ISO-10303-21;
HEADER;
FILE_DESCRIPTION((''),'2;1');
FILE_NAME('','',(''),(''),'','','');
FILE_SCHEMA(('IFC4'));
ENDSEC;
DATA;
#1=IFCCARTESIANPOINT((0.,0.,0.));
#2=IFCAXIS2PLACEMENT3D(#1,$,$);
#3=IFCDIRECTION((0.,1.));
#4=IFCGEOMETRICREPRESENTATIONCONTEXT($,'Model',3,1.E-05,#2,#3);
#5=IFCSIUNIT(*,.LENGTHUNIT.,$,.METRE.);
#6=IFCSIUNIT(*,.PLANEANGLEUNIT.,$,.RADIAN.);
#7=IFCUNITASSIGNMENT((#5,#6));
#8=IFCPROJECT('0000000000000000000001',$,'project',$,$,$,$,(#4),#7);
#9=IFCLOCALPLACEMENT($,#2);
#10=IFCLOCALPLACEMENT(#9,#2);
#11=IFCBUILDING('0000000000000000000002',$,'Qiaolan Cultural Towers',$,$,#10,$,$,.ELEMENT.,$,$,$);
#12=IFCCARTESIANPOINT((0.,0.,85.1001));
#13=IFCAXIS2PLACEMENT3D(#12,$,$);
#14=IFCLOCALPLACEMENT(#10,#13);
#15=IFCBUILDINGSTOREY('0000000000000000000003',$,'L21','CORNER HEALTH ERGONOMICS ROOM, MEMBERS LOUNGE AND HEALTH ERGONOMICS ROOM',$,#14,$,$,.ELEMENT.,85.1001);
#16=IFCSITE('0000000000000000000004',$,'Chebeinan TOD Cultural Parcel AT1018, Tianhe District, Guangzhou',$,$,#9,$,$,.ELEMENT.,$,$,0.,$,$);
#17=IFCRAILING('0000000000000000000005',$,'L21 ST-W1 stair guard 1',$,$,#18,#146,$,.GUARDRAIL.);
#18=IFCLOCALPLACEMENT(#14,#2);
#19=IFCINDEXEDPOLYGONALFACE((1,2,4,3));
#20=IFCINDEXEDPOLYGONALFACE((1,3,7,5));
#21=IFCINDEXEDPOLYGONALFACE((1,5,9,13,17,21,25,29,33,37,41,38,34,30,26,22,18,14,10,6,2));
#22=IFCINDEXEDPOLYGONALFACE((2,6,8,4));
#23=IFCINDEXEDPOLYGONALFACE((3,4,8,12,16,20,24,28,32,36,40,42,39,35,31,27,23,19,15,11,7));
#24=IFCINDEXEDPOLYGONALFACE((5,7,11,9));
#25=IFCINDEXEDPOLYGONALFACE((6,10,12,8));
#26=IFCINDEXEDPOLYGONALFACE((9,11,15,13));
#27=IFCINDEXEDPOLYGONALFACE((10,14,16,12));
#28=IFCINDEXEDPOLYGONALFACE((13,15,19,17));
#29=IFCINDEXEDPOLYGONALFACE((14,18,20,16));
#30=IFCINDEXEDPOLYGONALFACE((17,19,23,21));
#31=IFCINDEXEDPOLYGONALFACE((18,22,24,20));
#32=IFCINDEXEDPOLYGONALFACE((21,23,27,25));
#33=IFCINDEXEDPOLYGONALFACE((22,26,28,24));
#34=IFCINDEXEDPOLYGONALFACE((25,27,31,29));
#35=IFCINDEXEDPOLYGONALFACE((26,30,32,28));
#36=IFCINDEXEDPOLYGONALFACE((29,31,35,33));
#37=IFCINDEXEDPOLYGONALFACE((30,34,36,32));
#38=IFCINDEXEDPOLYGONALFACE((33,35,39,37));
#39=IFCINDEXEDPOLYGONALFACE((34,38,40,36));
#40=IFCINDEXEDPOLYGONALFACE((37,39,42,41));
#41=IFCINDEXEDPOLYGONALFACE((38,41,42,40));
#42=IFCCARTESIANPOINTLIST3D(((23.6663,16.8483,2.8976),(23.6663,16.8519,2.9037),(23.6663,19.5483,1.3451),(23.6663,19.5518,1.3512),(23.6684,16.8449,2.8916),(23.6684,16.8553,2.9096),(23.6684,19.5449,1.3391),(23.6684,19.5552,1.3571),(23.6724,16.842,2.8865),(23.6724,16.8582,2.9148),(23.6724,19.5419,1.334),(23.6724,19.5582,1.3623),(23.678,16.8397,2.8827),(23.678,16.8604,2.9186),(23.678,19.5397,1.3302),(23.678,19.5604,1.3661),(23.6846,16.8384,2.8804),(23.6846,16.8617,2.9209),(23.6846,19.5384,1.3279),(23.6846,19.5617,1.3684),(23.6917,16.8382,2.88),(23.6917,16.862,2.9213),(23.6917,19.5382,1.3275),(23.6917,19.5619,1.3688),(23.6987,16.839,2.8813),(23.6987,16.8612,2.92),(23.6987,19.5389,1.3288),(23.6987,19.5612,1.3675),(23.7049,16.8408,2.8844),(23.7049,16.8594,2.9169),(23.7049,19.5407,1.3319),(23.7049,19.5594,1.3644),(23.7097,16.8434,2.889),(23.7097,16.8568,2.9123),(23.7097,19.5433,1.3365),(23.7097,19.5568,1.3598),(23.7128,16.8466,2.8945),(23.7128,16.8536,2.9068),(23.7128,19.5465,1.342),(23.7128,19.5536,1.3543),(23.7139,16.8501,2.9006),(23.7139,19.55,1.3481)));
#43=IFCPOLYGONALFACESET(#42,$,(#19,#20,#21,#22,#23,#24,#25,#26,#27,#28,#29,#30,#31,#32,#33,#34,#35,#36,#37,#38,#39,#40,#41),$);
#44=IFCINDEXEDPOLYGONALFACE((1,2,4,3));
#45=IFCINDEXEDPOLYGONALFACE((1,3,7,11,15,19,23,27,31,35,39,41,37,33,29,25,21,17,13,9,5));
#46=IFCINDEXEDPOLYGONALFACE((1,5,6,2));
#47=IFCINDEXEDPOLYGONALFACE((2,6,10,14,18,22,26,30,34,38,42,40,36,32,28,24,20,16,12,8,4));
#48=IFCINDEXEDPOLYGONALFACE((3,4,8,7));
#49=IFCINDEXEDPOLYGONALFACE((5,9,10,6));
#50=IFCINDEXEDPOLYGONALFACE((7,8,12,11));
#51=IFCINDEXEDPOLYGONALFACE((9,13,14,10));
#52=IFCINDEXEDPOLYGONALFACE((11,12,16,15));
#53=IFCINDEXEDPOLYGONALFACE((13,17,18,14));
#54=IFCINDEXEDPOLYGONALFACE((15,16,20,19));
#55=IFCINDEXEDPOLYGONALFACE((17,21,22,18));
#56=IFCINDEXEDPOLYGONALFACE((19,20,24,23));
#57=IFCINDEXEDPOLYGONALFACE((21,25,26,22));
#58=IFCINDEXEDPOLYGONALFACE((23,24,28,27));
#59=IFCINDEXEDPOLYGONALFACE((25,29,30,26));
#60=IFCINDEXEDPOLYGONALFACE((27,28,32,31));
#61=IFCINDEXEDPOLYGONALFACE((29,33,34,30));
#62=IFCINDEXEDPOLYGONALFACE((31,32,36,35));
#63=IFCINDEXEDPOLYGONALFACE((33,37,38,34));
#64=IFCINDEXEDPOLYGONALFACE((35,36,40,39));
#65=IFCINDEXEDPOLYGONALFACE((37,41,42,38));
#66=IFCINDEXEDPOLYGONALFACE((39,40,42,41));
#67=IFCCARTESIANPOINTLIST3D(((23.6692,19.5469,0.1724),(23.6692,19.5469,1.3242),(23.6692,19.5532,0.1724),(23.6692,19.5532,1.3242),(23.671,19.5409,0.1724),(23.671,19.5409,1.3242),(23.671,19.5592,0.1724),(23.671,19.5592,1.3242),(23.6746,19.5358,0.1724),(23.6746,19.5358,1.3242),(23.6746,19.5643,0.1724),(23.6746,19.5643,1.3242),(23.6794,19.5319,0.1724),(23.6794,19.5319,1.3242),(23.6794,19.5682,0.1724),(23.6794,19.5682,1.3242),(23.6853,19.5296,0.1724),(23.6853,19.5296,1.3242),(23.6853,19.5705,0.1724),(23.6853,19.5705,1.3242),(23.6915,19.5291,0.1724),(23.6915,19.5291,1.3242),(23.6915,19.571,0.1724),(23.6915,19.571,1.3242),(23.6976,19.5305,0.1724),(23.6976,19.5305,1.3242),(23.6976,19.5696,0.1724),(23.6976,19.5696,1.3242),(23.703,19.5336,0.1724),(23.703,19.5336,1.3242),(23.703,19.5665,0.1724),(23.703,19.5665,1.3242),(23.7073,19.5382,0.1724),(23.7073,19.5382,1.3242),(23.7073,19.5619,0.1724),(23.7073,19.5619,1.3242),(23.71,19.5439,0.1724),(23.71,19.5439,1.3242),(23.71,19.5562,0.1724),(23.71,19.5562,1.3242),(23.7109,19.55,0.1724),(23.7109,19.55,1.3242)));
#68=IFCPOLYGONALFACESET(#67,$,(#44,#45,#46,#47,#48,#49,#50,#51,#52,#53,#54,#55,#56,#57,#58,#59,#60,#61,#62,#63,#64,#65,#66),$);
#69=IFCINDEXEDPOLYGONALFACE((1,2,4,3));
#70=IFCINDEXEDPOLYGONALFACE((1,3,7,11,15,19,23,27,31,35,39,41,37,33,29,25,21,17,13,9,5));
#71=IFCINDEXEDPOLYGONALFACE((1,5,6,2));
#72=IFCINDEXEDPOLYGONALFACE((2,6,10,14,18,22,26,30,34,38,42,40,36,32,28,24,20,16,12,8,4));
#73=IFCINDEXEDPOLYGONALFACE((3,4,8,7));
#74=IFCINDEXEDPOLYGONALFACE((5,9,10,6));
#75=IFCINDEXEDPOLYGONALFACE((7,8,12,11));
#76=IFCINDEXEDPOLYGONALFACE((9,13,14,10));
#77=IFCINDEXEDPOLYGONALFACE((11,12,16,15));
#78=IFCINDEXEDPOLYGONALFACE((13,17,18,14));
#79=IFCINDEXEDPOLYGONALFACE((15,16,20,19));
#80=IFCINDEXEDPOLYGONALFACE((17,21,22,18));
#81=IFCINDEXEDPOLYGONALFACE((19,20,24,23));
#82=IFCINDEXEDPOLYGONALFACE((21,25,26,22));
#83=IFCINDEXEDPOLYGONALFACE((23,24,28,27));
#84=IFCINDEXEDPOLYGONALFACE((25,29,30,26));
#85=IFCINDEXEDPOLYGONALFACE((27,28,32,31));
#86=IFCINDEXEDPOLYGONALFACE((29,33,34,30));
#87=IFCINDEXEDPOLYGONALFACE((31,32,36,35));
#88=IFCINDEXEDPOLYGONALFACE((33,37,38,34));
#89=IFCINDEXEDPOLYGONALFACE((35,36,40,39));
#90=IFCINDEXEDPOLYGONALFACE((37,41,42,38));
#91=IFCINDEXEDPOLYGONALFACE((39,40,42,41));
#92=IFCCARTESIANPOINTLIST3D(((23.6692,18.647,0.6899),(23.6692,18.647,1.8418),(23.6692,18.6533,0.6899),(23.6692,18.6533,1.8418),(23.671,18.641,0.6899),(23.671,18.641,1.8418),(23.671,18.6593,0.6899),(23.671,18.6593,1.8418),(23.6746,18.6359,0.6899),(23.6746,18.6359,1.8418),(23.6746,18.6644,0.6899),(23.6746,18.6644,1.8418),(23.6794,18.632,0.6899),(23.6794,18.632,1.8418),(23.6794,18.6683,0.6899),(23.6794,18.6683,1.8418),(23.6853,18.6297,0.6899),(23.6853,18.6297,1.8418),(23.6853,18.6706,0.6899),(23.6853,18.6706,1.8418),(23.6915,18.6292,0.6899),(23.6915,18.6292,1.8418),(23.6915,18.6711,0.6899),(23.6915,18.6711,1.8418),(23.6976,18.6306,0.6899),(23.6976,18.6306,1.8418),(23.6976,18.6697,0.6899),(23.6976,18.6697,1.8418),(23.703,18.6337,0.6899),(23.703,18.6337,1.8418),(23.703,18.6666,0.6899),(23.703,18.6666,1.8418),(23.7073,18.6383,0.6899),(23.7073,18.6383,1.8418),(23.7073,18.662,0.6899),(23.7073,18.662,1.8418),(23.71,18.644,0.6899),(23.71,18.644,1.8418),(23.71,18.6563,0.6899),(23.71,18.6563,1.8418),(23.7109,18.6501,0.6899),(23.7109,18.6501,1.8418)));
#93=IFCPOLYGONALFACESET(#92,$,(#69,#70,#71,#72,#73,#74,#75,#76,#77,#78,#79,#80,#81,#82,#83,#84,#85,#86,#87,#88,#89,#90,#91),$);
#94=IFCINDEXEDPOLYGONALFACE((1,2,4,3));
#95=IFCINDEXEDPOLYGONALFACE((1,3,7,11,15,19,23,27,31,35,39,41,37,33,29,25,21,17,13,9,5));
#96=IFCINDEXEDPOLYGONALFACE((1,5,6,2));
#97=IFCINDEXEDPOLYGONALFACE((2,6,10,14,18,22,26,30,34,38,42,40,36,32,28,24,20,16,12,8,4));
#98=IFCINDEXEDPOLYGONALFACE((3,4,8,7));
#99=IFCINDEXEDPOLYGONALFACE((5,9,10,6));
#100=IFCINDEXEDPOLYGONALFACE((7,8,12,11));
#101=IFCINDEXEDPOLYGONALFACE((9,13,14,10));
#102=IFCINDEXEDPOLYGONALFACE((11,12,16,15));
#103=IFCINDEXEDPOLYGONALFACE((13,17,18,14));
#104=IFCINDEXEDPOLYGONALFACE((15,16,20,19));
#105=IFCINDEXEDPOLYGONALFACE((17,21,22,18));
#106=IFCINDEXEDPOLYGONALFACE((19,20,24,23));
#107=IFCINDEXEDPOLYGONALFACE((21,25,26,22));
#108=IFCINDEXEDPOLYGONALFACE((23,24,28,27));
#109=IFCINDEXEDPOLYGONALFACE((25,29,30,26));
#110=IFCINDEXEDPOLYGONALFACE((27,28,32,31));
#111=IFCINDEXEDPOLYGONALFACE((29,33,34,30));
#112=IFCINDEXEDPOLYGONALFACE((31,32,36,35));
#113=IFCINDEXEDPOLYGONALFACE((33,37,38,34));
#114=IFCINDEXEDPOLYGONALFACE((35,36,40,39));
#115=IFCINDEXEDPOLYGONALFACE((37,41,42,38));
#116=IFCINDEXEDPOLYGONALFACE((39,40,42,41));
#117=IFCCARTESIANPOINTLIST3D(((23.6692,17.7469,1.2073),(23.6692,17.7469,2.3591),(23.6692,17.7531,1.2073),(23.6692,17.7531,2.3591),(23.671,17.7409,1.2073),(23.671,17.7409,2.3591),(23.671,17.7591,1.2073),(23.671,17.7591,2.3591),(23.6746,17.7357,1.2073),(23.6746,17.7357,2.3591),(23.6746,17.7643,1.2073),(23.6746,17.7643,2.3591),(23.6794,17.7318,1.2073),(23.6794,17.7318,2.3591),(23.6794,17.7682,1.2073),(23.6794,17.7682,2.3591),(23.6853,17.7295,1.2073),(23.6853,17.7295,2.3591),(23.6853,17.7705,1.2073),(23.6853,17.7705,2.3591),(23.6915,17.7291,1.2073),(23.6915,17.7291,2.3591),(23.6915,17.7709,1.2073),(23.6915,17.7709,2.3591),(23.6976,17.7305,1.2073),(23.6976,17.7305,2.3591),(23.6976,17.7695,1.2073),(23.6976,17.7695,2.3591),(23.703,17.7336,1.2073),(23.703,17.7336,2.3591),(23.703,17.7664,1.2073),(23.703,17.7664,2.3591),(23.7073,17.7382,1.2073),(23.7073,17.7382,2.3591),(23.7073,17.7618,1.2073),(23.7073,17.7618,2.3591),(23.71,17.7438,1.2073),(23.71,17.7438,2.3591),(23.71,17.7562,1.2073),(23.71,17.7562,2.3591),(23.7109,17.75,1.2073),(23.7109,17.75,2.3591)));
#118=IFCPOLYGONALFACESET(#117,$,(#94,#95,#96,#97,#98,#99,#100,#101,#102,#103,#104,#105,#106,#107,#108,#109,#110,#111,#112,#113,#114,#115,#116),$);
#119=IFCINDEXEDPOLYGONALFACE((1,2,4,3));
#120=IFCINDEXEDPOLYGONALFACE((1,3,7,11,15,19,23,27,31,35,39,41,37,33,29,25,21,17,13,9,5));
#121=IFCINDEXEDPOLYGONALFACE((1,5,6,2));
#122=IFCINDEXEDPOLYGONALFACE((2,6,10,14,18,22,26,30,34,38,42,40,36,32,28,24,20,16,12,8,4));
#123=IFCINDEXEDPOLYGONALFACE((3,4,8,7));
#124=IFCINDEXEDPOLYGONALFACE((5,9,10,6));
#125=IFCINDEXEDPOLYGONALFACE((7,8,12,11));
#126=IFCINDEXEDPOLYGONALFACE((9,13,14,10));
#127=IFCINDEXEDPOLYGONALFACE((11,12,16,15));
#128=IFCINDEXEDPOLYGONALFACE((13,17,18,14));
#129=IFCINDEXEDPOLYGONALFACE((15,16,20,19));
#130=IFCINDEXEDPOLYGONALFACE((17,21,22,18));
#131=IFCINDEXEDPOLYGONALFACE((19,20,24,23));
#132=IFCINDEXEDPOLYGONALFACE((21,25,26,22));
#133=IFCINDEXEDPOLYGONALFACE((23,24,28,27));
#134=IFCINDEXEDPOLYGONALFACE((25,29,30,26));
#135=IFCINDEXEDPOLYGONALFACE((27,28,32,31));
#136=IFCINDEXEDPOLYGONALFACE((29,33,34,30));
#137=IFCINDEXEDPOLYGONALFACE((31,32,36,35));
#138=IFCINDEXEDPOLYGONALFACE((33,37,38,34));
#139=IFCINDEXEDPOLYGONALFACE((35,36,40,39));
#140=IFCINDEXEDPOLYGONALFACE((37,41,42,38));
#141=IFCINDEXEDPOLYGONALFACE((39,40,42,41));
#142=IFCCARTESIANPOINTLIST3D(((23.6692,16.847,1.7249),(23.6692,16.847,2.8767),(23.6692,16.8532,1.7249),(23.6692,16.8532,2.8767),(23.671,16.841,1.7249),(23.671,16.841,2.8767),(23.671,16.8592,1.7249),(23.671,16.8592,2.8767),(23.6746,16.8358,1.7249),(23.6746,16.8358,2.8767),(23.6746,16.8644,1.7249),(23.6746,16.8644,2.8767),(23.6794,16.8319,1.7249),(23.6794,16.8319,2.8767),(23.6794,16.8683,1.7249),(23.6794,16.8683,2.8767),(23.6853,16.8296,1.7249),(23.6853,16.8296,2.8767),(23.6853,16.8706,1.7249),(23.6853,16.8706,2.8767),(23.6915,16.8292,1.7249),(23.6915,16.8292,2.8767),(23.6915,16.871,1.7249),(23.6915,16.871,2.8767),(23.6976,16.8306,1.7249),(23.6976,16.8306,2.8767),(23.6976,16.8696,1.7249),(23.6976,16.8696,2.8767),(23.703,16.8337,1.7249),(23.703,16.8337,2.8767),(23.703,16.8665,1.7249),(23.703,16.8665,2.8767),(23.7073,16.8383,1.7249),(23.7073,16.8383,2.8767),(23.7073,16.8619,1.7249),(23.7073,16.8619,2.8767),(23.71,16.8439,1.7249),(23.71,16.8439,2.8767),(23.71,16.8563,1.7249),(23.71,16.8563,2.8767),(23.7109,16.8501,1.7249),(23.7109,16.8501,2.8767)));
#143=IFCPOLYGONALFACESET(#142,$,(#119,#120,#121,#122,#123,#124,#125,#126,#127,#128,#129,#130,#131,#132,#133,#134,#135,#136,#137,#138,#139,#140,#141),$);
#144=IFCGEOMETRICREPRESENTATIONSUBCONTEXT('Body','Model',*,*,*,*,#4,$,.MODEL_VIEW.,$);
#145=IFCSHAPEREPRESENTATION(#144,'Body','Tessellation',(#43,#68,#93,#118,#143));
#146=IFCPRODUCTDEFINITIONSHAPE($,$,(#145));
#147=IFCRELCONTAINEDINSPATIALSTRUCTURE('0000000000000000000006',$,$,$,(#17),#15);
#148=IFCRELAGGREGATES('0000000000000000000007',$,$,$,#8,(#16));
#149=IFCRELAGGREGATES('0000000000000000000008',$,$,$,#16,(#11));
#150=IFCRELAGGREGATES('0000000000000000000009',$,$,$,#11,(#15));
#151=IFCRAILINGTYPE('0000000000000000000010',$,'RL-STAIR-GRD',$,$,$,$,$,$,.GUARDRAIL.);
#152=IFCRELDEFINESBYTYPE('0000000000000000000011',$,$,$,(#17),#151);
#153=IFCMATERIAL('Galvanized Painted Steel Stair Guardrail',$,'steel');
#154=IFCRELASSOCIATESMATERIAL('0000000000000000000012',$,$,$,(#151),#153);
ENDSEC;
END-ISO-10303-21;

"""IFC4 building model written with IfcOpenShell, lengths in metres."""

from ifc_helpers import new_model, si_unit, direction, frame, origin, origin_2d, place, context, subcontext, project, spatial, circle, extrude, material, type_object, element, save


model = new_model("IFC4")

# Units and contexts
model_context = context("Model", 3, precision=1e-05, world=origin(), true_north=direction((0.0, 1.0)))
body_context = subcontext(model_context, "Body", "Model", "MODEL_VIEW")
ifc_project = project(units=[si_unit("LENGTHUNIT", "METRE"), si_unit("PLANEANGLEUNIT", "RADIAN")], contexts=[model_context])

# Site, building, storey
site_placement = place(None, origin())
site = spatial("IfcSite", under=ifc_project, at=site_placement, Name="Chebeinan TOD Cultural Parcel AT1018, Tianhe District, Guangzhou", CompositionType="ELEMENT", RefElevation=0.0)
building_placement = place(site_placement, origin())
building = spatial("IfcBuilding", under=site, at=building_placement, Name="Qiaolan Cultural Towers", CompositionType="ELEMENT")
storey_placement = place(building_placement, frame((0.0, 0.0, 85.1001)))
storey = spatial("IfcBuildingStorey", under=building, at=storey_placement, Name="L21", Description="CORNER HEALTH ERGONOMICS ROOM, MEMBERS LOUNGE AND HEALTH ERGONOMICS ROOM", CompositionType="ELEMENT", Elevation=85.1001)

# Railing
ifc_material_1 = material(Name="Galvanized Painted Steel Stair Guardrail", Category="steel")
railing_type_1 = type_object("IfcRailingType", Name="RL-STAIR-GRD", PredefinedType="GUARDRAIL", material=ifc_material_1)
railing_1_placement = place(storey_placement, frame((23.6899, 19.55, 0.1724)))
element("IfcRailing", 1, at=railing_1_placement, inside=storey, type_object=railing_type_1, Name="L21 ST-W1 stair guard 1", PredefinedType="GUARDRAIL", context=body_context, shape_type="SweptSolid", body=[
    extrude(circle(Radius=0.0239, at=origin_2d()), frame((0.0, 0.0, 1.1758), z_axis=(0.0, -0.866904, 0.498476), x_axis=(1.0, 0.0, 0.0)), (0.0, 0.0, 1.0), 3.1145),
    extrude(circle(Radius=0.021, at=origin_2d()), origin(), (0.0, 0.0, 1.0), 1.1519),
    extrude(circle(Radius=0.021, at=origin_2d()), frame((0.0, -0.8999, 0.5176)), (0.0, 0.0, 1.0), 1.1519),
    extrude(circle(Radius=0.021, at=origin_2d()), frame((0.0, -1.8, 1.0349)), (0.0, 0.0, 1.0), 1.1519),
    extrude(circle(Radius=0.021, at=origin_2d()), frame((0.0, -2.7, 1.5525)), (0.0, 0.0, 1.0), 1.1519),
])

save(model, "model.ifc")
